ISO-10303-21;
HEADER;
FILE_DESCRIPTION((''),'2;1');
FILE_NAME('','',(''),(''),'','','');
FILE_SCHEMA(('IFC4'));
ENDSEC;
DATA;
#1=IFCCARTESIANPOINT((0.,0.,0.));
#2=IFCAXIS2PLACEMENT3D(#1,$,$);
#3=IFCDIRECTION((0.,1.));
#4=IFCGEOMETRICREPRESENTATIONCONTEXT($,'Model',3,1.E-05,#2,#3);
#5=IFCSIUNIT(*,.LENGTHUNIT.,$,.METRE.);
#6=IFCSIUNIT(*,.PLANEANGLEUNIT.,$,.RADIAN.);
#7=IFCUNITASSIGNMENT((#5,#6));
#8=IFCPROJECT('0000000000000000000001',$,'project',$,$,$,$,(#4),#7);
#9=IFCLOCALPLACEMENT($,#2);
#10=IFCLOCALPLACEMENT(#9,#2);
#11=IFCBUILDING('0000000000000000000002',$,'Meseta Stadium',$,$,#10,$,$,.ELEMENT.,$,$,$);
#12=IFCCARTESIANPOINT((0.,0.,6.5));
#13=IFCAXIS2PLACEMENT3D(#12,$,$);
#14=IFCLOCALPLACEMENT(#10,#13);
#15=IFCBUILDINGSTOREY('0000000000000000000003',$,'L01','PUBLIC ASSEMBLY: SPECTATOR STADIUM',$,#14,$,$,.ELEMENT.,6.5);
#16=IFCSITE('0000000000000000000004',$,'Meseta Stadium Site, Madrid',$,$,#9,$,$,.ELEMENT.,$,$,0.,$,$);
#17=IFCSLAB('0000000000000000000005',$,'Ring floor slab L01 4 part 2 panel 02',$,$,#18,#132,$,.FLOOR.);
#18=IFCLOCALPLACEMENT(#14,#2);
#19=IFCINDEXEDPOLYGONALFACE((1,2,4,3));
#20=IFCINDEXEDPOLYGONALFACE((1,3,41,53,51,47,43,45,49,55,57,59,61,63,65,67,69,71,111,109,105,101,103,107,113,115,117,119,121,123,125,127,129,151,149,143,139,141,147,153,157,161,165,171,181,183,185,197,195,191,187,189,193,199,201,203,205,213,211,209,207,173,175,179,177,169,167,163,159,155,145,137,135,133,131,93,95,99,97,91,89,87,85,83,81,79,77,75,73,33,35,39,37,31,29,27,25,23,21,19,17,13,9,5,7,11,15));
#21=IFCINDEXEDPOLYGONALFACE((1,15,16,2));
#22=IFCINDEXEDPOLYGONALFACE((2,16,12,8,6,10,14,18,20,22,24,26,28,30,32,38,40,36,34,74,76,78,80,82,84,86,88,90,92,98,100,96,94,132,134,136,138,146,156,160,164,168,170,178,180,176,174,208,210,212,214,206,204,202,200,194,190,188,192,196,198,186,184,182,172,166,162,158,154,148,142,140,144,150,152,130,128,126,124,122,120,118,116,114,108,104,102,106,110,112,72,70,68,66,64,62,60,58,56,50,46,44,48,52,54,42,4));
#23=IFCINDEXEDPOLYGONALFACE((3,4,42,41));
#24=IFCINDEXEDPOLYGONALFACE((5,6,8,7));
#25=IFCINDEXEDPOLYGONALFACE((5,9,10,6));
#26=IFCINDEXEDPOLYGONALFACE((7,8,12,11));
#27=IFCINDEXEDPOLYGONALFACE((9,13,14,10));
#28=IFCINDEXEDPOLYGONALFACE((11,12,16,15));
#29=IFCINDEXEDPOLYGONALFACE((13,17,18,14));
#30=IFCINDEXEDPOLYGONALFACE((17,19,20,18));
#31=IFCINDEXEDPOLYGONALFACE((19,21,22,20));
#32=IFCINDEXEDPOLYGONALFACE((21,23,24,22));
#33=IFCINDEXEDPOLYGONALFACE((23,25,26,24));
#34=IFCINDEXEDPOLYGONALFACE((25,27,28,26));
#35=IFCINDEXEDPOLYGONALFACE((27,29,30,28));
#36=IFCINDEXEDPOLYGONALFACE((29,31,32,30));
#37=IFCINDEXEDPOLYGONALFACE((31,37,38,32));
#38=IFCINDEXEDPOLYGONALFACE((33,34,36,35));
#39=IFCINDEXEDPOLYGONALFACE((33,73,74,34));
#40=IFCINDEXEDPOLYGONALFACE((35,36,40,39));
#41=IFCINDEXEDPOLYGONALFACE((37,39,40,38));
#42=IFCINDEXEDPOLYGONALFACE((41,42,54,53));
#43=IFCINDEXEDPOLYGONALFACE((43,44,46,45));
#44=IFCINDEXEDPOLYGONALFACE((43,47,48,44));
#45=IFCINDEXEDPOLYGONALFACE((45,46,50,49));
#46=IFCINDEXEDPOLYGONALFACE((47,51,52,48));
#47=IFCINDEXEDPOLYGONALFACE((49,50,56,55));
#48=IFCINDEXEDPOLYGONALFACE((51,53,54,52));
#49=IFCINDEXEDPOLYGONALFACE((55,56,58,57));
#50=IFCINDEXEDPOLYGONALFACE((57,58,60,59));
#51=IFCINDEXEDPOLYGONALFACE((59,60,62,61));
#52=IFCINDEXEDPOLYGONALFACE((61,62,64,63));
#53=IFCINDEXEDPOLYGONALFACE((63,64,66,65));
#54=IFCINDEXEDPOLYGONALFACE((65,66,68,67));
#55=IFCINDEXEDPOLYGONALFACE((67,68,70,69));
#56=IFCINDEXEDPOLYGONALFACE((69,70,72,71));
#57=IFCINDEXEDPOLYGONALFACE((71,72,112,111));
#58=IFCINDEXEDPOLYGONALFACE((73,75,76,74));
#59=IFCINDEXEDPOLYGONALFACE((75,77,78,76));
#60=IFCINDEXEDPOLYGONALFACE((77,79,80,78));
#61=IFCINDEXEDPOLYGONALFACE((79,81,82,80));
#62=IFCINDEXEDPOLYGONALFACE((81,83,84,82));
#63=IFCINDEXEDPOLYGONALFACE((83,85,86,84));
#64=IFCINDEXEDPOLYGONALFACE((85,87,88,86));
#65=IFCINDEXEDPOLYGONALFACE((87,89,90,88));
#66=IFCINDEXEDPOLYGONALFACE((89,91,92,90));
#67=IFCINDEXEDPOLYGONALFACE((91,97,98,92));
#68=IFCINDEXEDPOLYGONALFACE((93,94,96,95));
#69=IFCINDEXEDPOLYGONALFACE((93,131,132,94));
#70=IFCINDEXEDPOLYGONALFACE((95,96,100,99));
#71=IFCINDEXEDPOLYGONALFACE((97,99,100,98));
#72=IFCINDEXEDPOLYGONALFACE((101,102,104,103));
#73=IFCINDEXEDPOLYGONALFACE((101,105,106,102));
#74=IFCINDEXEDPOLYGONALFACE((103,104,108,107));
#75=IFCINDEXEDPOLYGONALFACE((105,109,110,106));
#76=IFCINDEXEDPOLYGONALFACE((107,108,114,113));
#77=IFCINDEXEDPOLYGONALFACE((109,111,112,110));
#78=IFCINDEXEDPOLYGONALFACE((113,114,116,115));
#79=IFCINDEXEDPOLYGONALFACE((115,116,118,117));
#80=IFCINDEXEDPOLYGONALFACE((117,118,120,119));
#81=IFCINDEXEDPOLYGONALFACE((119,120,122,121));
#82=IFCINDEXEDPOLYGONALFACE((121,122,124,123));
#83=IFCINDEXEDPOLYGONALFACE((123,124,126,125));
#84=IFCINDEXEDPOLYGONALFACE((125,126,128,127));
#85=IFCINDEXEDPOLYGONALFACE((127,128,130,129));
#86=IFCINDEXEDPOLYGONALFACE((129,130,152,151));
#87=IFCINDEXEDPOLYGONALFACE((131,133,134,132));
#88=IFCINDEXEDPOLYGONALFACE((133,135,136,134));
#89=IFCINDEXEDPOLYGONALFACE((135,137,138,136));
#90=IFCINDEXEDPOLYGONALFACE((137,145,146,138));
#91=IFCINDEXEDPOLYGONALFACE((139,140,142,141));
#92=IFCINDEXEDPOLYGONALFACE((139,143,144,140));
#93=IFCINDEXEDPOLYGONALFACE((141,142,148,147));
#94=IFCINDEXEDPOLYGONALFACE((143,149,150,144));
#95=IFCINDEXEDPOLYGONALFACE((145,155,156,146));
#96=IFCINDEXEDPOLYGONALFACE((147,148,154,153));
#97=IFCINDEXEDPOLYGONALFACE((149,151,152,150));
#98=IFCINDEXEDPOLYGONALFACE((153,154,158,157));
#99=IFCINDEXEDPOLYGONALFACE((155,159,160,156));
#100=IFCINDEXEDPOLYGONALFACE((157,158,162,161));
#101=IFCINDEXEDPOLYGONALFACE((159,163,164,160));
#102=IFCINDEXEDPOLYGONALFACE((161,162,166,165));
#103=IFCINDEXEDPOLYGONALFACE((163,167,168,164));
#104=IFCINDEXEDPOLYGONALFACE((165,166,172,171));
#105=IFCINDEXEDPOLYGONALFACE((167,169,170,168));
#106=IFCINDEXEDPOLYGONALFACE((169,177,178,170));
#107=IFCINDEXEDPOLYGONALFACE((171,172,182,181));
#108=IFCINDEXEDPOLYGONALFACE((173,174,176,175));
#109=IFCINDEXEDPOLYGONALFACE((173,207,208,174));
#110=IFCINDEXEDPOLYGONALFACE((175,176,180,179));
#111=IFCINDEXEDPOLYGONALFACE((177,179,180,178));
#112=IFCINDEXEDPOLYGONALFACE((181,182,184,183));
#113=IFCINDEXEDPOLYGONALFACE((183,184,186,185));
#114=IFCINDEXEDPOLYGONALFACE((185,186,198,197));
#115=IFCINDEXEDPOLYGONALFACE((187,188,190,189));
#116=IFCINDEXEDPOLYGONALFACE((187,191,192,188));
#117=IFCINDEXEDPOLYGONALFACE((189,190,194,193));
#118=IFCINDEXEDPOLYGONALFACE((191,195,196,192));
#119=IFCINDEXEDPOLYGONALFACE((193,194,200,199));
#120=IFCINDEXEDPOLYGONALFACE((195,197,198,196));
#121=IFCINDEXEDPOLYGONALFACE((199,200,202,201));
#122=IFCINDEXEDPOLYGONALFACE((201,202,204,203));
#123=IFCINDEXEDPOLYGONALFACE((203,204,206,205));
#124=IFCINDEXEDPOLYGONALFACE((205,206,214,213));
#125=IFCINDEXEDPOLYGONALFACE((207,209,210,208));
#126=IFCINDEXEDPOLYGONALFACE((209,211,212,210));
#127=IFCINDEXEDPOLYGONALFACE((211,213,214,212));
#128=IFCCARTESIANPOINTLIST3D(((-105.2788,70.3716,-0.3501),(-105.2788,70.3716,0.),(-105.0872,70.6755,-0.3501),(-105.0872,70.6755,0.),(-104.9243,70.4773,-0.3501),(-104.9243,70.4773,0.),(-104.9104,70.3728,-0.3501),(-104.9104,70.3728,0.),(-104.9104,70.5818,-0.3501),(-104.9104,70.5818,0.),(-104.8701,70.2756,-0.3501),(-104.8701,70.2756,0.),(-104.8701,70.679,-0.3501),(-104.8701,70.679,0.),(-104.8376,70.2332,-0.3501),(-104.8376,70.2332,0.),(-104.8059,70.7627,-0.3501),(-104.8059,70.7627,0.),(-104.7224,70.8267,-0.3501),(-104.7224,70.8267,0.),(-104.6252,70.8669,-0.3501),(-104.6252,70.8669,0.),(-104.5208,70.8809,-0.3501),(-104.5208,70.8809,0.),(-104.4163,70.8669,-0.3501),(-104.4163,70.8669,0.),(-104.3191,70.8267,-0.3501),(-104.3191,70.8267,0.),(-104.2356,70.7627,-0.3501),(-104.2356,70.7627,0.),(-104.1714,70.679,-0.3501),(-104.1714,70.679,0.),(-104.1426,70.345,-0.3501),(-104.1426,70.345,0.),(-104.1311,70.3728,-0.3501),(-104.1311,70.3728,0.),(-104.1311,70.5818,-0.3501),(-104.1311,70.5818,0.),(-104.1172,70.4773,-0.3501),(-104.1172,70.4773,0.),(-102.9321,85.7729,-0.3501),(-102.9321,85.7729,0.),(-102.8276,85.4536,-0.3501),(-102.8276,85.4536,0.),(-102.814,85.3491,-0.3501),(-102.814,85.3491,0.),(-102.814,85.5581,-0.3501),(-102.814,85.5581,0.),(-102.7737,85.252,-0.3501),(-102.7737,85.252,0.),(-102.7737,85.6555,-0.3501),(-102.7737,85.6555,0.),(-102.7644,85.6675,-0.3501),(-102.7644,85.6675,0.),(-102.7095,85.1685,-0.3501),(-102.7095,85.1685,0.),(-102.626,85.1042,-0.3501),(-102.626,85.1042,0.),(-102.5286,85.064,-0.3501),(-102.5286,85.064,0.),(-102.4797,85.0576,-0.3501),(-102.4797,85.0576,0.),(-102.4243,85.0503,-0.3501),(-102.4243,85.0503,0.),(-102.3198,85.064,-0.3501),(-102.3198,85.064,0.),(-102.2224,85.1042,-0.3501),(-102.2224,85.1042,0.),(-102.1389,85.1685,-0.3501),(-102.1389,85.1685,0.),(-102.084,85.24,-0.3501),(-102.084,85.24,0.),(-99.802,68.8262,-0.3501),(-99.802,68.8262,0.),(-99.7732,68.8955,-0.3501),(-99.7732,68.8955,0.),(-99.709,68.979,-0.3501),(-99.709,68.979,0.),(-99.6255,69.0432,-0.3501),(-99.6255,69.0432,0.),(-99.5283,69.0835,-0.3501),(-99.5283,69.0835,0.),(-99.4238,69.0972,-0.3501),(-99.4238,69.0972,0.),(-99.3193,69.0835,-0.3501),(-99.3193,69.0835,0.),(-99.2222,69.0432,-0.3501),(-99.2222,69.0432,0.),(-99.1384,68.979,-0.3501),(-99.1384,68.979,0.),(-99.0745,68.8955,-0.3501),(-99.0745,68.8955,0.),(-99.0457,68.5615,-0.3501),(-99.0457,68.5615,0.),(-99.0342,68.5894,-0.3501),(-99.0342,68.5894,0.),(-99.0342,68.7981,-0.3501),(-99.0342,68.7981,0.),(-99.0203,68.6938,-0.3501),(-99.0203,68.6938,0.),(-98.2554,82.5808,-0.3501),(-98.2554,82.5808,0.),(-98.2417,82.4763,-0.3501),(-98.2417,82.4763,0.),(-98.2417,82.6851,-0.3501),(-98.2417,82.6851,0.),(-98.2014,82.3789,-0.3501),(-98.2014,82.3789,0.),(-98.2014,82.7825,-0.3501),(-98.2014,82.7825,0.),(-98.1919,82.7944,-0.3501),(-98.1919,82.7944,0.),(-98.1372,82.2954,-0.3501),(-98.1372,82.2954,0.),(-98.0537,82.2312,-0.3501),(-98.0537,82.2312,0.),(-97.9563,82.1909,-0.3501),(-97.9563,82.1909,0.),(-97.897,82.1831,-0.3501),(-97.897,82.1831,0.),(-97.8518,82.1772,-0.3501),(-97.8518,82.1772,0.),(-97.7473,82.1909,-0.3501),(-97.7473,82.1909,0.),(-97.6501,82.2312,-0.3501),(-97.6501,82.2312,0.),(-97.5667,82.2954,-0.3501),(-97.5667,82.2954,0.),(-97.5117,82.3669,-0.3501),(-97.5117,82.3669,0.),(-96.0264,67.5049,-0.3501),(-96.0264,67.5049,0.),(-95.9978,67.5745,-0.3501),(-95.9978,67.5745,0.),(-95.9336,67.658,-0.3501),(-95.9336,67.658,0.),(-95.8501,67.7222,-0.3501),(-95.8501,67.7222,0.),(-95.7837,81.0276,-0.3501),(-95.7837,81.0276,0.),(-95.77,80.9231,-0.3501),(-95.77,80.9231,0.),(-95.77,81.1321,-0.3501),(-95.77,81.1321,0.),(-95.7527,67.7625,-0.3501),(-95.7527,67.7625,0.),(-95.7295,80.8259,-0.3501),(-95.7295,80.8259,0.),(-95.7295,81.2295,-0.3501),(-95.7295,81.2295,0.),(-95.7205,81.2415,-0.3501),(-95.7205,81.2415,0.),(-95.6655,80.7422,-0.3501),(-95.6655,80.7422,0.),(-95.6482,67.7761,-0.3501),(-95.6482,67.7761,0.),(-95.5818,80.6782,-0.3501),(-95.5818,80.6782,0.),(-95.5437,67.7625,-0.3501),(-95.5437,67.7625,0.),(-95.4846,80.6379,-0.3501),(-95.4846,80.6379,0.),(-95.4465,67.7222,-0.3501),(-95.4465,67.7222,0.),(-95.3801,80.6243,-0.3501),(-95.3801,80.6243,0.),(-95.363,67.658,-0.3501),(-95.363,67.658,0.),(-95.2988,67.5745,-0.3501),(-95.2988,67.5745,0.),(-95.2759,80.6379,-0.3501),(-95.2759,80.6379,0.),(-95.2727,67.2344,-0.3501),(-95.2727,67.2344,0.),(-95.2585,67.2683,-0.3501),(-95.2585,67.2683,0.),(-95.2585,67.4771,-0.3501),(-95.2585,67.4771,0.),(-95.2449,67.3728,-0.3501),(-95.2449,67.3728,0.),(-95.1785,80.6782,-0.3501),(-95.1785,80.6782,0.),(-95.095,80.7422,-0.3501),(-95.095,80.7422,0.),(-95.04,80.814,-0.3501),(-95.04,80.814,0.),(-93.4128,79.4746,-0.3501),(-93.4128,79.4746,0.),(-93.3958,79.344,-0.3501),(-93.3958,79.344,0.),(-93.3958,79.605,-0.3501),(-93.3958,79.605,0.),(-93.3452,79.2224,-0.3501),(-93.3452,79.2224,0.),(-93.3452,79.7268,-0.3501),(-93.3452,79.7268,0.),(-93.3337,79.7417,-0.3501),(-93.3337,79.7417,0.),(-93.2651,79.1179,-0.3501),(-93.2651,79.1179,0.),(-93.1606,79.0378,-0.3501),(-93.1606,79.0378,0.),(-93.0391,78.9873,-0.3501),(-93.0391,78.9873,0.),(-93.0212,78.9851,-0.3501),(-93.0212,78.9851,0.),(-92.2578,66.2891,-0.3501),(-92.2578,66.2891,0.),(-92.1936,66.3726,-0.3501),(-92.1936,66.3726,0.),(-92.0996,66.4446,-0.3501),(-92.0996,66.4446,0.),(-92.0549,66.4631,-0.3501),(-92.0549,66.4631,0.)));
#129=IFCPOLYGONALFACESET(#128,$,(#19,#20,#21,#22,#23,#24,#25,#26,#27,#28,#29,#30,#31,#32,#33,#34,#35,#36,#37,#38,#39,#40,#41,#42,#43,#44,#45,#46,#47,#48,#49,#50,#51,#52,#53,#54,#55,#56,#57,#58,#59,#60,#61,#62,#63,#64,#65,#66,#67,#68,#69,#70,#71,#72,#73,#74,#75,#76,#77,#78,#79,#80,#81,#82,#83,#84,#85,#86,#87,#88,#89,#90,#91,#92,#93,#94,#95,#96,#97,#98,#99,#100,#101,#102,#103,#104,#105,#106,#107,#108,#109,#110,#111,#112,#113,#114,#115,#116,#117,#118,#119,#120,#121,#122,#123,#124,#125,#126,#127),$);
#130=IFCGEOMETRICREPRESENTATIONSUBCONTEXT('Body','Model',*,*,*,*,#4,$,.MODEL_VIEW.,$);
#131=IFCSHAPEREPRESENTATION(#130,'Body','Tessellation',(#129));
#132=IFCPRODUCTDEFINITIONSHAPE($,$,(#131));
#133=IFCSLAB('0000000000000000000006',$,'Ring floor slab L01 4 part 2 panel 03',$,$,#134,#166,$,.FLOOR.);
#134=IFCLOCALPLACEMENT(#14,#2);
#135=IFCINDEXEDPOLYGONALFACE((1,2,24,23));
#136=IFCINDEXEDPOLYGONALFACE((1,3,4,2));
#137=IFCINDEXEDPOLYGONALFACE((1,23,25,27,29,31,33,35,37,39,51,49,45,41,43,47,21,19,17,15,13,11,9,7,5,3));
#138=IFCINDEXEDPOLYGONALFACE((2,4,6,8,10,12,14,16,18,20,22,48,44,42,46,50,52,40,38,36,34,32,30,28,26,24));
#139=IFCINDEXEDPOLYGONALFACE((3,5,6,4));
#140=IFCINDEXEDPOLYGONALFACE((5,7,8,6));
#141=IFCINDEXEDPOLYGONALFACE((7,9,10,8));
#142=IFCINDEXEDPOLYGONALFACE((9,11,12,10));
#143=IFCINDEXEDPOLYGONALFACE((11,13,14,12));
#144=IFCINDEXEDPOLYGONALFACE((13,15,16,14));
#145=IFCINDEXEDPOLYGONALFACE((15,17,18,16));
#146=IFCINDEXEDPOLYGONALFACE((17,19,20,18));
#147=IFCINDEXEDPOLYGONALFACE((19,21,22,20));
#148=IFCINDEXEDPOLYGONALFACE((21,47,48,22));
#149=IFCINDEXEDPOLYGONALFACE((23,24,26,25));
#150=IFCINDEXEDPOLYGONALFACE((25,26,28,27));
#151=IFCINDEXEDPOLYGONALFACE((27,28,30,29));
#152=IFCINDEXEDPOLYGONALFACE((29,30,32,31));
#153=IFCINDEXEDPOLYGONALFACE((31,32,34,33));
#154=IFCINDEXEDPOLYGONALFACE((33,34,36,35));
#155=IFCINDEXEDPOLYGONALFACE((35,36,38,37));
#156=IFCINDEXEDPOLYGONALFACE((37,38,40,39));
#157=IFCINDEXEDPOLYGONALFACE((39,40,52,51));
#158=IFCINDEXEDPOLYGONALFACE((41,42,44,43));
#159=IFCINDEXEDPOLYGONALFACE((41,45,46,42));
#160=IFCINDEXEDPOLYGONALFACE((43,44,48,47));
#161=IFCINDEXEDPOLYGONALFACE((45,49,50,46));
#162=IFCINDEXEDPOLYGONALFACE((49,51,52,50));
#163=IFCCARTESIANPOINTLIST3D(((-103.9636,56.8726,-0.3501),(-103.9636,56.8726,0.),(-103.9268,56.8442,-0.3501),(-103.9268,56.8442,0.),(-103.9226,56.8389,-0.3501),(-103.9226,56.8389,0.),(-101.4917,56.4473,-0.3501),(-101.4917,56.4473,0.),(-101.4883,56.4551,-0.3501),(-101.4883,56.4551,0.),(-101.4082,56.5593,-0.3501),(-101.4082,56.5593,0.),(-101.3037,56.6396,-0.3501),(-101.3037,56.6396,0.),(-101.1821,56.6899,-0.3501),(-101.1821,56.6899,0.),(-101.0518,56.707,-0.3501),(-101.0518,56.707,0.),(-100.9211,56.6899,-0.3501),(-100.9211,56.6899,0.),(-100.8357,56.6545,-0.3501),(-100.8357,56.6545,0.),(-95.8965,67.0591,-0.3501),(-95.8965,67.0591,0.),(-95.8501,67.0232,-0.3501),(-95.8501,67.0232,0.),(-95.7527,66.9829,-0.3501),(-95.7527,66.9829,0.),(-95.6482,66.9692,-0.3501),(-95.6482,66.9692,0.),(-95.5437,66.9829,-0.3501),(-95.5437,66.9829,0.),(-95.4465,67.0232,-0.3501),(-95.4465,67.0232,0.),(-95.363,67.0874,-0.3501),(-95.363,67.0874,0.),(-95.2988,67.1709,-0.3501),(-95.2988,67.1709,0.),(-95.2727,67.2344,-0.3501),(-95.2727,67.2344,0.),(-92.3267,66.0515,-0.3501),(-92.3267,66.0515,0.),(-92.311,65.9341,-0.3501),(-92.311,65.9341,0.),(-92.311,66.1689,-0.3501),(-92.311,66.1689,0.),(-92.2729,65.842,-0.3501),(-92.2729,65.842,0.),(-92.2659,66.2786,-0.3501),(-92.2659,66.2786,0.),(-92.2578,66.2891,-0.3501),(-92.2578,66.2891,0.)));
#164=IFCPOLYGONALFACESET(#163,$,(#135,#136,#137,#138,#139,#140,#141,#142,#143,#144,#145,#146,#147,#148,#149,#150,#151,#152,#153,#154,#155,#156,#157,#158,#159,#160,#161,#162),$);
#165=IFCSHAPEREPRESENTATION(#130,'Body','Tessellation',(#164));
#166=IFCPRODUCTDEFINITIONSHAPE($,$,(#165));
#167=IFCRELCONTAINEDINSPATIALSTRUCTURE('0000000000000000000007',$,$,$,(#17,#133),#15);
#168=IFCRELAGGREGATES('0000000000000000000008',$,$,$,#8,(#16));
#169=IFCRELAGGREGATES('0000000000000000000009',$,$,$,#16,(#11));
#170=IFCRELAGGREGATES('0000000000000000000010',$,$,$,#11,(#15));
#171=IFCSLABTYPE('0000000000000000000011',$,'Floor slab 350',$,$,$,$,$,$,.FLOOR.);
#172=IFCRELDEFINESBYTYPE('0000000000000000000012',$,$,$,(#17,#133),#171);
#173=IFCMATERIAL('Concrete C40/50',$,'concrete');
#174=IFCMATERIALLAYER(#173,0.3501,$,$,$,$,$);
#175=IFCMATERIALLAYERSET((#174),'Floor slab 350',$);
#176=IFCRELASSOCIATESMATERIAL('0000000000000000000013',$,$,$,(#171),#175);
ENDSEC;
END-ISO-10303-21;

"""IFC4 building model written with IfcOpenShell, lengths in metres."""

from ifc_helpers import new_model, si_unit, direction, frame, origin, place, context, subcontext, project, spatial, polyline, outline, extrude, material, layer, layer_set, type_object, element, save


model = new_model("IFC4")

# Units and contexts
model_context = context("Model", 3, precision=1e-05, world=origin(), true_north=direction((0.0, 1.0)))
body_context = subcontext(model_context, "Body", "Model", "MODEL_VIEW")
ifc_project = project(units=[si_unit("LENGTHUNIT", "METRE"), si_unit("PLANEANGLEUNIT", "RADIAN")], contexts=[model_context])

# Site, building, storey
site_placement = place(None, origin())
site = spatial("IfcSite", under=ifc_project, at=site_placement, Name="Meseta Stadium Site, Madrid", CompositionType="ELEMENT", RefElevation=0.0)
building_placement = place(site_placement, origin())
building = spatial("IfcBuilding", under=site, at=building_placement, Name="Meseta Stadium", CompositionType="ELEMENT")
storey_placement = place(building_placement, frame((0.0, 0.0, 6.5)))
storey = spatial("IfcBuildingStorey", under=building, at=storey_placement, Name="L01", Description="PUBLIC ASSEMBLY: SPECTATOR STADIUM", CompositionType="ELEMENT", Elevation=6.5)

# Slabs
ifc_material_1 = material(Name="Concrete C40/50", Category="concrete")
ifc_layer_1 = layer(ifc_material_1, 0.3501)
ifc_layer_set_1 = layer_set([ifc_layer_1], Name="Floor slab 350")
slab_type_1 = type_object("IfcSlabType", Name="Floor slab 350", PredefinedType="FLOOR", material=ifc_layer_set_1)
slab_1_placement = place(storey_placement, frame((0.0, 0.0, -0.3501)))
element("IfcSlab", 1, at=slab_1_placement, inside=storey, type_object=slab_type_1, Name="Ring floor slab L01 4 part 2 panel 02", PredefinedType="FLOOR", context=body_context, shape_type="SweptSolid", body=[
    extrude(outline(polyline([(-95.2585, 67.2683), (-95.2727, 67.2344), (-92.2578, 66.2891), (-92.1936, 66.3726), (-92.0996, 66.4446), (-92.0549, 66.4631), (-93.0212, 78.9851), (-93.0391, 78.9873), (-93.1606, 79.0378), (-93.2651, 79.1179), (-93.3452, 79.2224), (-93.3958, 79.344), (-93.4128, 79.4746), (-93.3958, 79.605), (-93.3452, 79.7268), (-93.3337, 79.7417), (-95.04, 80.814), (-95.095, 80.7422), (-95.1785, 80.6782), (-95.2759, 80.6379), (-95.3801, 80.6243), (-95.4846, 80.6379), (-95.5818, 80.6782), (-95.6655, 80.7422), (-95.7295, 80.8259), (-95.77, 80.9231), (-95.7837, 81.0276), (-95.77, 81.1321), (-95.7295, 81.2295), (-95.7205, 81.2415), (-97.5117, 82.3669), (-97.5667, 82.2954), (-97.6501, 82.2312), (-97.7473, 82.1909), (-97.8518, 82.1772), (-97.897, 82.1831), (-97.9563, 82.1909), (-98.0537, 82.2312), (-98.1372, 82.2954), (-98.2014, 82.3789), (-98.2417, 82.4763), (-98.2554, 82.5808), (-98.2417, 82.6851), (-98.2014, 82.7825), (-98.1919, 82.7944), (-102.084, 85.24), (-102.1389, 85.1685), (-102.2224, 85.1042), (-102.3198, 85.064), (-102.4243, 85.0503), (-102.4797, 85.0576), (-102.5286, 85.064), (-102.626, 85.1042), (-102.7095, 85.1685), (-102.7737, 85.252), (-102.814, 85.3491), (-102.8276, 85.4536), (-102.814, 85.5581), (-102.7737, 85.6555), (-102.7644, 85.6675), (-102.9321, 85.7729), (-105.0872, 70.6755), (-105.2788, 70.3716), (-104.8376, 70.2332), (-104.8701, 70.2756), (-104.9104, 70.3728), (-104.9243, 70.4773), (-104.9104, 70.5818), (-104.8701, 70.679), (-104.8059, 70.7627), (-104.7224, 70.8267), (-104.6252, 70.8669), (-104.5208, 70.8809), (-104.4163, 70.8669), (-104.3191, 70.8267), (-104.2356, 70.7627), (-104.1714, 70.679), (-104.1311, 70.5818), (-104.1172, 70.4773), (-104.1311, 70.3728), (-104.1426, 70.345), (-99.802, 68.8262), (-99.7732, 68.8955), (-99.709, 68.979), (-99.6255, 69.0432), (-99.5283, 69.0835), (-99.4238, 69.0972), (-99.3193, 69.0835), (-99.2222, 69.0432), (-99.1384, 68.979), (-99.0745, 68.8955), (-99.0342, 68.7981), (-99.0203, 68.6938), (-99.0342, 68.5894), (-99.0457, 68.5615), (-96.0264, 67.5049), (-95.9978, 67.5745), (-95.9336, 67.658), (-95.8501, 67.7222), (-95.7527, 67.7625), (-95.6482, 67.7761), (-95.5437, 67.7625), (-95.4465, 67.7222), (-95.363, 67.658), (-95.2988, 67.5745), (-95.2585, 67.4771), (-95.2449, 67.3728), (-95.2585, 67.2683)])), origin(), (0.0, 0.0, 1.0), 0.3501),
])
slab_2_placement = place(storey_placement, frame((0.0, 0.0, -0.3501)))
element("IfcSlab", 2, at=slab_2_placement, inside=storey, type_object=slab_type_1, Name="Ring floor slab L01 4 part 2 panel 03", PredefinedType="FLOOR", context=body_context, shape_type="SweptSolid", body=[
    extrude(outline(polyline([(-92.2729, 65.842), (-92.311, 65.9341), (-92.3267, 66.0515), (-92.311, 66.1689), (-92.2659, 66.2786), (-92.2578, 66.2891), (-95.2727, 67.2344), (-95.2988, 67.1709), (-95.363, 67.0874), (-95.4465, 67.0232), (-95.5437, 66.9829), (-95.6482, 66.9692), (-95.7527, 66.9829), (-95.8501, 67.0232), (-95.8965, 67.0591), (-103.9636, 56.8726), (-103.9268, 56.8442), (-103.9226, 56.8389), (-101.4917, 56.4473), (-101.4883, 56.4551), (-101.4082, 56.5593), (-101.3037, 56.6396), (-101.1821, 56.6899), (-101.0518, 56.707), (-100.9211, 56.6899), (-100.8357, 56.6545), (-92.2729, 65.842)])), origin(), (0.0, 0.0, 1.0), 0.3501),
])

save(model, "model.ifc")
